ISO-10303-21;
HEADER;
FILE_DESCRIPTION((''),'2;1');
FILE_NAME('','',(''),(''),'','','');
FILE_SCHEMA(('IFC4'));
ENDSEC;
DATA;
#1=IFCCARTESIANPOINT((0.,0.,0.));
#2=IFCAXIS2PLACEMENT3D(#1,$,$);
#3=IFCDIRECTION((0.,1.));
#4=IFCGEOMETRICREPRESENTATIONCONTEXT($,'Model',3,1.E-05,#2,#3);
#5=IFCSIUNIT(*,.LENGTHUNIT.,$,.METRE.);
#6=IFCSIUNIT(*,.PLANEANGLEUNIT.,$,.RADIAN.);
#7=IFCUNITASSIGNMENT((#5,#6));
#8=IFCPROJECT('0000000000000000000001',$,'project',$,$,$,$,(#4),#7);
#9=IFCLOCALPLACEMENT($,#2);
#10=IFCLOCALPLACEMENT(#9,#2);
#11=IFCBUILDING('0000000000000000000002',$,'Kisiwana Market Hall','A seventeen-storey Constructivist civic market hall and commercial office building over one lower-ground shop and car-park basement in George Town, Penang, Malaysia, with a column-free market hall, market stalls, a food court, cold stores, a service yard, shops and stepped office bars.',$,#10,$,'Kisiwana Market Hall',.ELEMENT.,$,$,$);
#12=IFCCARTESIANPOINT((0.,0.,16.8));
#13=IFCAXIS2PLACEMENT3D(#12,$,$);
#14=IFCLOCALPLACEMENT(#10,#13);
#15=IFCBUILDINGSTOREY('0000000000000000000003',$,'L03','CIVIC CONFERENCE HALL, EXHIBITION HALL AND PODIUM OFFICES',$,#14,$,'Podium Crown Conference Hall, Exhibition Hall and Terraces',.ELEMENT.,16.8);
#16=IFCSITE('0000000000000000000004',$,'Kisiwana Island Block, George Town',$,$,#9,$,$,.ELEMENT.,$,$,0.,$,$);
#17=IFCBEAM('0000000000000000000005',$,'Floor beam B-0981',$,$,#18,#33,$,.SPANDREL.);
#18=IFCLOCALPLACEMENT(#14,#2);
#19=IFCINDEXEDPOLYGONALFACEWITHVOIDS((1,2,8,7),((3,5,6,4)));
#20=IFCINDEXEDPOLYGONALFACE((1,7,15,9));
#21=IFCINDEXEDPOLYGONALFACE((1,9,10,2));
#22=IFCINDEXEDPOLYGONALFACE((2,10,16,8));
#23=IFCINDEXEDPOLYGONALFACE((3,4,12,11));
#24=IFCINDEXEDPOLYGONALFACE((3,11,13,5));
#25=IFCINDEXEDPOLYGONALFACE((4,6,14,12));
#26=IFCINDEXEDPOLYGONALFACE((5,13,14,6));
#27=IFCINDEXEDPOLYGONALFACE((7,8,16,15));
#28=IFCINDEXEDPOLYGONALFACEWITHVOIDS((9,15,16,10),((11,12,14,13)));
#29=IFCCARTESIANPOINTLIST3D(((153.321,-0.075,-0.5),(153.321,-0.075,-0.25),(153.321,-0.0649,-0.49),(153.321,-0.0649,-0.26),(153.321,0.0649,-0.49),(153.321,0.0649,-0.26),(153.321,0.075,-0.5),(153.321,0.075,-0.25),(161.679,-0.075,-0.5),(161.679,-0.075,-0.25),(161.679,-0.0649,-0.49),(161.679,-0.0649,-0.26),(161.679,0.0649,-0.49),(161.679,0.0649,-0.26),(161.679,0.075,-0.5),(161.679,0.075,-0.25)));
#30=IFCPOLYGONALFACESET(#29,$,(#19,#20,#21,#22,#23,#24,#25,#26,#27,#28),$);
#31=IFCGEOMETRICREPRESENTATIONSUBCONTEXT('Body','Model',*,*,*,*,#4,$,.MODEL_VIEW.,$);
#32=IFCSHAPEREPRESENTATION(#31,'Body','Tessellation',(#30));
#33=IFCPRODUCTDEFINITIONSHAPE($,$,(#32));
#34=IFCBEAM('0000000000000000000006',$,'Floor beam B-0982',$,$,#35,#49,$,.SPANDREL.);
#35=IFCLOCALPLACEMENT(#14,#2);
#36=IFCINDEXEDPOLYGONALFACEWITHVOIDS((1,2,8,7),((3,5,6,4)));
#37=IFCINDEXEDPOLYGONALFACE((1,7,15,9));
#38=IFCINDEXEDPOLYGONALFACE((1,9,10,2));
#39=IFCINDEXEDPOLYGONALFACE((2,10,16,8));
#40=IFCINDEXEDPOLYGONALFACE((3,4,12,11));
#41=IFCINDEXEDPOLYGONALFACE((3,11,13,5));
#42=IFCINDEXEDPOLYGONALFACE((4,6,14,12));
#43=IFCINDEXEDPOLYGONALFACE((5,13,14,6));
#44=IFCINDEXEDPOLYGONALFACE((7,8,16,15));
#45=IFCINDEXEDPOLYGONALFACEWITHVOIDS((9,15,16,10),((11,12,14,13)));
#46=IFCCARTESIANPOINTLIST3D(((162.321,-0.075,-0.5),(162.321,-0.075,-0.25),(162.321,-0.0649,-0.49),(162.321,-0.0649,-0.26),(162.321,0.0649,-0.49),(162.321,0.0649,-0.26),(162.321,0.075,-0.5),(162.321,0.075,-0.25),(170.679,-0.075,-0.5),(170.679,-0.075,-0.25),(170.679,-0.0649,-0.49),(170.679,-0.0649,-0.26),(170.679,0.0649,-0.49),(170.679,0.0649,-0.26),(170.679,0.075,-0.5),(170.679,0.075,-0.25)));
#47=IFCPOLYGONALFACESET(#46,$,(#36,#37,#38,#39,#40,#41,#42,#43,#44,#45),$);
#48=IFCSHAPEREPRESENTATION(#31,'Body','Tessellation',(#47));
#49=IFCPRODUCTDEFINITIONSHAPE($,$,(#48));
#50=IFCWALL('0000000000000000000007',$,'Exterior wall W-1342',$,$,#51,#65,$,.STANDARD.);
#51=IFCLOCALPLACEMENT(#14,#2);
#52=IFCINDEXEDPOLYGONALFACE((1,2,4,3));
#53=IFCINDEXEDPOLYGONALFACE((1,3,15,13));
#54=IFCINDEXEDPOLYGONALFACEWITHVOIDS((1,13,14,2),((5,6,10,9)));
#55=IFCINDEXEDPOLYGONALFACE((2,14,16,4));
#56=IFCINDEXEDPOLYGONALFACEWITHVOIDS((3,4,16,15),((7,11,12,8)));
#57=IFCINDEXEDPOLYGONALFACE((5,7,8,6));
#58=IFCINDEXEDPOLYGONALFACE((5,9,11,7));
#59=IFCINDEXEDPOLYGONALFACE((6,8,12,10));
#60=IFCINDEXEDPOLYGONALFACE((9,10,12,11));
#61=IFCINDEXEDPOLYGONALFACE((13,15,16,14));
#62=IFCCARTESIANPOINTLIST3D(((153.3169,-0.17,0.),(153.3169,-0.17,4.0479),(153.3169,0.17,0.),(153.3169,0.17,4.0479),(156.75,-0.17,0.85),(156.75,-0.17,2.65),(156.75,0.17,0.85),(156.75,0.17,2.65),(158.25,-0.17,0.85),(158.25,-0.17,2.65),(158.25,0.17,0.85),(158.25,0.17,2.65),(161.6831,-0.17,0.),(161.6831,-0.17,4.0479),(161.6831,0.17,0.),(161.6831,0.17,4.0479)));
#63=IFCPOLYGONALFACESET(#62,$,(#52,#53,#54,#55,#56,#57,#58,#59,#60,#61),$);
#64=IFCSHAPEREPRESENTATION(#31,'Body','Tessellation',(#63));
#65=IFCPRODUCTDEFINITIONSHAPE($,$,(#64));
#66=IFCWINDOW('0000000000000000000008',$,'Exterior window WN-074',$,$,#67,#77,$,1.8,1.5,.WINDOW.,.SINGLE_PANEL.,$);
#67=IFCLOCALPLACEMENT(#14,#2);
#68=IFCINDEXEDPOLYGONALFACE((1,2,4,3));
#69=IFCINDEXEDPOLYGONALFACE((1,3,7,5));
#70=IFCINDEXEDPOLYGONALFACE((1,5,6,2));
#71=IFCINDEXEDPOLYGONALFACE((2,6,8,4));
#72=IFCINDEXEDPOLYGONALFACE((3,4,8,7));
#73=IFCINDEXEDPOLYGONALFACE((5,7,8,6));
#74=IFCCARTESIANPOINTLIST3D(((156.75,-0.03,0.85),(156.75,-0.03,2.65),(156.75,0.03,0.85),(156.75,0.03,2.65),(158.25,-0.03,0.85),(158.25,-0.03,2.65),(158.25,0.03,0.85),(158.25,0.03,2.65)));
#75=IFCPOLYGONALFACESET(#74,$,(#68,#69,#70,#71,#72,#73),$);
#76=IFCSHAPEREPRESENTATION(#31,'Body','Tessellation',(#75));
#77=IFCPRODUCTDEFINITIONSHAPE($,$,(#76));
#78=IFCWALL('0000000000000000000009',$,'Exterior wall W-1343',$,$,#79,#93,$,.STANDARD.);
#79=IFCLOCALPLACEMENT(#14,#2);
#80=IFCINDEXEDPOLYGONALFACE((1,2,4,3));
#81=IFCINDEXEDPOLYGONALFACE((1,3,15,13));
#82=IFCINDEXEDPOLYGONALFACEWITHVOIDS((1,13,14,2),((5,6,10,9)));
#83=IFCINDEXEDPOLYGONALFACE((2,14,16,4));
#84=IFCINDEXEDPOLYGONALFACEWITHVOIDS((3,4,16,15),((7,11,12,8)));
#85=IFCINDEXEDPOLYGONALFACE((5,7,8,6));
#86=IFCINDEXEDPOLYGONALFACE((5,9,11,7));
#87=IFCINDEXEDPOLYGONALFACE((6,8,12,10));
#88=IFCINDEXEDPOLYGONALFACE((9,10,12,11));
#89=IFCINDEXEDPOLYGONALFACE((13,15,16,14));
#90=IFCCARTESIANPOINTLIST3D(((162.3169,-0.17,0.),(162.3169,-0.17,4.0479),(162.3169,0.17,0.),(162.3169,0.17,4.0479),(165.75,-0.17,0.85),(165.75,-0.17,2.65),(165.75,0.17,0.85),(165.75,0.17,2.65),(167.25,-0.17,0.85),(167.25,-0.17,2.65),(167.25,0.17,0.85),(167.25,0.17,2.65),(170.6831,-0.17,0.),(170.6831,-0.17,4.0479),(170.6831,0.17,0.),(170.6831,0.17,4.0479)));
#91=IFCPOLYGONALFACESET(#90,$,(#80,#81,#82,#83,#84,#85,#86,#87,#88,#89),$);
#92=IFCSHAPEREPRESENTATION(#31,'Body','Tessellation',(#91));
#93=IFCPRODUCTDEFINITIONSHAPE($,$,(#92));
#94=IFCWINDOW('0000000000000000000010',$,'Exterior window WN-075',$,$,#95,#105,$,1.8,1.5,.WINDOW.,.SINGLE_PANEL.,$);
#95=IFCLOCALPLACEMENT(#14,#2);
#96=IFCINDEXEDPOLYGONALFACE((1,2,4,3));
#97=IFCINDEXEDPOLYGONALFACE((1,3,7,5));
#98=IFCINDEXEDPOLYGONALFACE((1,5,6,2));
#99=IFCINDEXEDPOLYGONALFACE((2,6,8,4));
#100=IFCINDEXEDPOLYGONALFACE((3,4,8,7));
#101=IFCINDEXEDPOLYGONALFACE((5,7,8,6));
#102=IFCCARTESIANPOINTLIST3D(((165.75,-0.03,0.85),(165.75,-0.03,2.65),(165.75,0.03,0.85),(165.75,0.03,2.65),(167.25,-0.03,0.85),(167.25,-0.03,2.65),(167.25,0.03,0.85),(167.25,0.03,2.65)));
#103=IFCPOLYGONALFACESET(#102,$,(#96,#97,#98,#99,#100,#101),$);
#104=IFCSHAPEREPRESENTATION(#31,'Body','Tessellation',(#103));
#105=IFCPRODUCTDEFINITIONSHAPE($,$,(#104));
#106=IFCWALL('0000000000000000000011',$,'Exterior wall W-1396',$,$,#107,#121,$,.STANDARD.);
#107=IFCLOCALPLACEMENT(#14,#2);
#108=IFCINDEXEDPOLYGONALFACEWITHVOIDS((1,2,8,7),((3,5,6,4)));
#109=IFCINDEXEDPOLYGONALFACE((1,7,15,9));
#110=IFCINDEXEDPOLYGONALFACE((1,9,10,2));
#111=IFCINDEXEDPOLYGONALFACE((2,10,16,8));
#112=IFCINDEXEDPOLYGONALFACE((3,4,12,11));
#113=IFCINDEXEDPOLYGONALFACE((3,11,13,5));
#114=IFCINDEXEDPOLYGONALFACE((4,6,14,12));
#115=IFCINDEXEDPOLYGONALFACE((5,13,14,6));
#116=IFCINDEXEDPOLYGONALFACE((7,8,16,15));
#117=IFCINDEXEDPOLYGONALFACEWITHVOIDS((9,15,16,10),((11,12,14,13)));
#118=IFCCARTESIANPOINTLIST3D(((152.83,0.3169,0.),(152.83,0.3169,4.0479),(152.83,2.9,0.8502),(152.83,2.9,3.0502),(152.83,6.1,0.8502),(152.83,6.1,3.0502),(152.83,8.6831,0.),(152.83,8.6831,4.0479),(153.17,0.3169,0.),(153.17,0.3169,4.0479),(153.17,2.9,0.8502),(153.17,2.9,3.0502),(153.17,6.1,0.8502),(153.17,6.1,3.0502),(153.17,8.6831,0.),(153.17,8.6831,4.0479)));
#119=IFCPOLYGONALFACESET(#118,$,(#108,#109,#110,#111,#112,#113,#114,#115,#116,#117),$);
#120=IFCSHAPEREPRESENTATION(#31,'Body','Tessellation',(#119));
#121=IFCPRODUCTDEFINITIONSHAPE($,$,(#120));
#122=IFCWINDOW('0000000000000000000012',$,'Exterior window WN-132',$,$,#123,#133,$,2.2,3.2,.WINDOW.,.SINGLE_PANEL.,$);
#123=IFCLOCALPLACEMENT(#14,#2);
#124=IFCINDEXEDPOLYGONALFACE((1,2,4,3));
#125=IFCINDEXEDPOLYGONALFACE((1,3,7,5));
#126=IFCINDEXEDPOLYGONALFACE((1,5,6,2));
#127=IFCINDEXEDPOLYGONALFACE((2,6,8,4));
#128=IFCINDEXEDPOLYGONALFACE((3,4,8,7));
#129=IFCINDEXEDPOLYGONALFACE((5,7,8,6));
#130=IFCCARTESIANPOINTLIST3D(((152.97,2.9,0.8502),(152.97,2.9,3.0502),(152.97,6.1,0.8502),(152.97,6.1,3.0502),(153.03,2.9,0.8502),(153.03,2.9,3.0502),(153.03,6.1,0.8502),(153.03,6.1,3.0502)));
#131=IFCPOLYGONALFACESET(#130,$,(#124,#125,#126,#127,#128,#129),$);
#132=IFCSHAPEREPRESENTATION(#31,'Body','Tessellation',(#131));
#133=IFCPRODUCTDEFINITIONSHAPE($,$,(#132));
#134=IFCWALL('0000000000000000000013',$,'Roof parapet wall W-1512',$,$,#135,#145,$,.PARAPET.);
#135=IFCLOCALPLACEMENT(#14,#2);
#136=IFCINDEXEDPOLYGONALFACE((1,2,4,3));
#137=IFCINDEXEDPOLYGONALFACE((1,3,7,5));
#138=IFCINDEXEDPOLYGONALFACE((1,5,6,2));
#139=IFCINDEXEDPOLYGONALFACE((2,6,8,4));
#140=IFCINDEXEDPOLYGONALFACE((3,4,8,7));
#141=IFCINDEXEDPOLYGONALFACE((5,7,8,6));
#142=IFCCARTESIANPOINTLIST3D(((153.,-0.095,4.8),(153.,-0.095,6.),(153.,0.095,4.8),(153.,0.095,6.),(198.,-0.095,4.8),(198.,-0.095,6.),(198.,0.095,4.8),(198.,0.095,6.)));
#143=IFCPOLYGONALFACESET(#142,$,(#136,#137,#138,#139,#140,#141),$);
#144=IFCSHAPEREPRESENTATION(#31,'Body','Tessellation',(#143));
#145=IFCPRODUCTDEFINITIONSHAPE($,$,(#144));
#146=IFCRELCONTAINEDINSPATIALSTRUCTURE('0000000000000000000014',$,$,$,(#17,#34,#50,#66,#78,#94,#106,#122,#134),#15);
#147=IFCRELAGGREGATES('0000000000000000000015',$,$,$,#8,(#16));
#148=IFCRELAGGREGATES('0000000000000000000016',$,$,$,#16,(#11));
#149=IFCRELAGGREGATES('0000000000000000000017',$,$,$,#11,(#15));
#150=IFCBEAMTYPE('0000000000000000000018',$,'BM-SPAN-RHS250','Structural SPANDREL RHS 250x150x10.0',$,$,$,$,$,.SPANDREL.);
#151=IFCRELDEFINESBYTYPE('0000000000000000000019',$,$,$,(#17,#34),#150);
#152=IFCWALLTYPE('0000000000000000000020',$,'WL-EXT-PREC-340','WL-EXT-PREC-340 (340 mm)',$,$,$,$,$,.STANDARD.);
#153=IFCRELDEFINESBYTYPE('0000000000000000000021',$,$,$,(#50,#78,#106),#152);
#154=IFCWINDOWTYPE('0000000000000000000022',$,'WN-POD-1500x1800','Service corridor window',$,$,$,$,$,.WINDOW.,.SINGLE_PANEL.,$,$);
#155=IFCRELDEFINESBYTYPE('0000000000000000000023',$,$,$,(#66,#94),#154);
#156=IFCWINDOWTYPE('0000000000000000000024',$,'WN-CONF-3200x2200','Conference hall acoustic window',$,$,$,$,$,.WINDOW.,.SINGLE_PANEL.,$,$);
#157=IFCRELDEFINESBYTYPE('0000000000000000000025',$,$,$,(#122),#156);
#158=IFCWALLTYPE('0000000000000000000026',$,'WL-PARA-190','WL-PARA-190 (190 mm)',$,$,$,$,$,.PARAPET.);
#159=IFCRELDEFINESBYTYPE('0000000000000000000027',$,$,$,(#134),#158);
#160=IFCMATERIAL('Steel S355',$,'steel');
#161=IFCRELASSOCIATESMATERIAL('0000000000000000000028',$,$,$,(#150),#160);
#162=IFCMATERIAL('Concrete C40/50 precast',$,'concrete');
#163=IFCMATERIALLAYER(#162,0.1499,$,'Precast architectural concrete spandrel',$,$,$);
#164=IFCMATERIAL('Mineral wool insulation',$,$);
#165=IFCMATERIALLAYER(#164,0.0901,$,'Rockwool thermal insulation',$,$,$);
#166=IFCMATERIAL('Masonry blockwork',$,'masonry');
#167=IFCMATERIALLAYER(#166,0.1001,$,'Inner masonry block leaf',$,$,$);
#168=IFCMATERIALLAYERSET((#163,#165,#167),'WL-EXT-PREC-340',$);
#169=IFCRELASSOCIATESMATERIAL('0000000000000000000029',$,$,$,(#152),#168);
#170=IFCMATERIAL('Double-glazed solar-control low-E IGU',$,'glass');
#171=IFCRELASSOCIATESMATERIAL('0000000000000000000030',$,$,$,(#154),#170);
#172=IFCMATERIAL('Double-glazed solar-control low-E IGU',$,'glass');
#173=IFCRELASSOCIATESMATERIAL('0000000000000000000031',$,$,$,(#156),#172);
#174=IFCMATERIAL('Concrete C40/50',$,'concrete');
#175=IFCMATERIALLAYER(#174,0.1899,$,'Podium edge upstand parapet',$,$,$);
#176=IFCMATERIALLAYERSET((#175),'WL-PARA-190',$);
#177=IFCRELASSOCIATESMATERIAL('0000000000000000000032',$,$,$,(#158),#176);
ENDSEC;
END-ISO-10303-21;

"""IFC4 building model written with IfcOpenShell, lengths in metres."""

from ifc_helpers import new_model, si_unit, direction, frame, frame_2d, origin, origin_2d, place, context, subcontext, project, spatial, rectangle, hollow_rectangle, extrude, material, layer, layer_set, material_profile, profile_set, type_object, element, fill, save


model = new_model("IFC4")

# Units and contexts
model_context = context("Model", 3, precision=1e-05, world=origin(), true_north=direction((0.0, 1.0)))
body_context = subcontext(model_context, "Body", "Model", "MODEL_VIEW")
ifc_project = project(units=[si_unit("LENGTHUNIT", "METRE"), si_unit("PLANEANGLEUNIT", "RADIAN")], contexts=[model_context])

# Site, building, storey
site_placement = place(None, origin())
site = spatial("IfcSite", under=ifc_project, at=site_placement, Name="Kisiwana Island Block, George Town", CompositionType="ELEMENT", RefElevation=0.0)
building_placement = place(site_placement, origin())
building = spatial("IfcBuilding", under=site, at=building_placement, Name="Kisiwana Market Hall", Description="A seventeen-storey Constructivist civic market hall and commercial office building over one lower-ground shop and car-park basement in George Town, Penang, Malaysia, with a column-free market hall, market stalls, a food court, cold stores, a service yard, shops and stepped office bars.", LongName="Kisiwana Market Hall", CompositionType="ELEMENT")
storey_placement = place(building_placement, frame((0.0, 0.0, 16.8)))
storey = spatial("IfcBuildingStorey", under=building, at=storey_placement, Name="L03", Description="CIVIC CONFERENCE HALL, EXHIBITION HALL AND PODIUM OFFICES", LongName="Podium Crown Conference Hall, Exhibition Hall and Terraces", CompositionType="ELEMENT", Elevation=16.8)

# Beams
ifc_material_1 = material(Name="Steel S355", Category="steel")
ifc_material_profile_1 = material_profile(ifc_material_1, hollow_rectangle(XDim=0.1499, YDim=0.25, WallThickness=0.01, at=origin_2d()), Name="RHS 250x150x10.0")
ifc_profile_set_1 = profile_set([ifc_material_profile_1], Name="Steel S355")
beam_type_1 = type_object("IfcBeamType", Name="BM-SPAN-RHS250", Description="Structural SPANDREL RHS 250x150x10.0", PredefinedType="SPANDREL", material=ifc_profile_set_1)
for number, where, z_axis, x_axis, name in (
    (1, (153.321, 0.0, -0.375), (1.0, 0.0, 0.0), (0.0, 1.0, 0.0), "Floor beam B-0981"),
    (2, (162.321, 0.0, -0.375), (1.0, 0.0, 0.0), (0.0, 1.0, 0.0), "Floor beam B-0982"),
):
    element("IfcBeam", number, at=place(storey_placement, frame(where, z_axis=z_axis, x_axis=x_axis)), inside=storey, type_object=beam_type_1, Name=name, PredefinedType="SPANDREL", context=body_context, shape_type="SweptSolid", body=[
        extrude(hollow_rectangle(XDim=0.1499, YDim=0.25, WallThickness=0.01, at=origin_2d()), origin(), (0.0, 0.0, 1.0), 8.3579),
    ])

# Walls, openings, windows
ifc_material_2 = material(Name="Concrete C40/50 precast", Category="concrete")
ifc_layer_1 = layer(ifc_material_2, 0.1499, Name="Precast architectural concrete spandrel")
ifc_material_3 = material(Name="Mineral wool insulation")
ifc_layer_2 = layer(ifc_material_3, 0.0901, Name="Rockwool thermal insulation")
ifc_material_4 = material(Name="Masonry blockwork", Category="masonry")
ifc_layer_3 = layer(ifc_material_4, 0.1001, Name="Inner masonry block leaf")
ifc_layer_set_1 = layer_set([ifc_layer_1, ifc_layer_2, ifc_layer_3], Name="WL-EXT-PREC-340")
wall_type_1 = type_object("IfcWallType", Name="WL-EXT-PREC-340", Description="WL-EXT-PREC-340 (340 mm)", PredefinedType="STANDARD", material=ifc_layer_set_1)
wall_1_placement = place(storey_placement, frame((153.3169, 0.0, 0.0), z_axis=(0.0, 0.0, 1.0), x_axis=(1.0, 0.0, 0.0)))
wall_1 = element("IfcWall", 3, at=wall_1_placement, inside=storey, type_object=wall_type_1, Name="Exterior wall W-1342", PredefinedType="STANDARD", context=body_context, shape_type="SweptSolid", body=[
    extrude(rectangle(XDim=8.3662, YDim=0.3401, at=frame_2d((4.1831, 0.0))), origin(), (0.0, 0.0, 1.0), 4.0479),
])
opening_1_placement = place(wall_1_placement, frame((3.4331, 0.0, 0.8501)))
opening_1 = element("IfcOpeningElement", 4, at=opening_1_placement, cuts=wall_1, PredefinedType="OPENING", context=body_context, shape_type="SweptSolid", body=[
    extrude(rectangle(XDim=1.5, YDim=1.8, at=frame_2d((0.75, 0.8999))), frame((0.0, 0.1821, 0.0), z_axis=(0.0, -1.0, 0.0), x_axis=(1.0, 0.0, 0.0)), (0.0, 0.0, 1.0), 0.364),
])
ifc_material_5 = material(Name="Double-glazed solar-control low-E IGU", Category="glass")
window_type_1 = type_object("IfcWindowType", Name="WN-POD-1500x1800", Description="Service corridor window", PartitioningType="SINGLE_PANEL", PredefinedType="WINDOW", material=ifc_material_5)
window_1_placement = place(opening_1_placement, origin())
window_1 = element("IfcWindow", 5, at=window_1_placement, inside=storey, type_object=window_type_1, Name="Exterior window WN-074", OverallHeight=1.8, OverallWidth=1.5, PartitioningType="SINGLE_PANEL", PredefinedType="WINDOW", context=body_context, shape_type="SweptSolid", body=[
    extrude(rectangle(XDim=1.5, YDim=1.8, at=frame_2d((0.75, 0.8999))), frame((0.0, 0.03, 0.0), z_axis=(0.0, -1.0, 0.0), x_axis=(1.0, 0.0, 0.0)), (0.0, 0.0, 1.0), 0.0601),
])
fill(opening_1, window_1)
wall_2_placement = place(storey_placement, frame((162.3169, 0.0, 0.0), z_axis=(0.0, 0.0, 1.0), x_axis=(1.0, 0.0, 0.0)))
wall_2 = element("IfcWall", 6, at=wall_2_placement, inside=storey, type_object=wall_type_1, Name="Exterior wall W-1343", PredefinedType="STANDARD", context=body_context, shape_type="SweptSolid", body=[
    extrude(rectangle(XDim=8.3662, YDim=0.3401, at=frame_2d((4.1831, 0.0))), origin(), (0.0, 0.0, 1.0), 4.0479),
])
opening_2_placement = place(wall_2_placement, frame((3.4331, 0.0, 0.8501)))
opening_2 = element("IfcOpeningElement", 7, at=opening_2_placement, cuts=wall_2, PredefinedType="OPENING", context=body_context, shape_type="SweptSolid", body=[
    extrude(rectangle(XDim=1.5, YDim=1.8, at=frame_2d((0.75, 0.8999))), frame((0.0, 0.1821, 0.0), z_axis=(0.0, -1.0, 0.0), x_axis=(1.0, 0.0, 0.0)), (0.0, 0.0, 1.0), 0.364),
])
window_2_placement = place(opening_2_placement, origin())
window_2 = element("IfcWindow", 8, at=window_2_placement, inside=storey, type_object=window_type_1, Name="Exterior window WN-075", OverallHeight=1.8, OverallWidth=1.5, PartitioningType="SINGLE_PANEL", PredefinedType="WINDOW", context=body_context, shape_type="SweptSolid", body=[
    extrude(rectangle(XDim=1.5, YDim=1.8, at=frame_2d((0.75, 0.8999))), frame((0.0, 0.03, 0.0), z_axis=(0.0, -1.0, 0.0), x_axis=(1.0, 0.0, 0.0)), (0.0, 0.0, 1.0), 0.0601),
])
fill(opening_2, window_2)
wall_3_placement = place(storey_placement, frame((153.0, 0.3169, 0.0), z_axis=(0.0, 0.0, 1.0), x_axis=(0.0, 1.0, 0.0)))
wall_3 = element("IfcWall", 9, at=wall_3_placement, inside=storey, type_object=wall_type_1, Name="Exterior wall W-1396", PredefinedType="STANDARD", context=body_context, shape_type="SweptSolid", body=[
    extrude(rectangle(XDim=8.3662, YDim=0.3401, at=frame_2d((4.1831, 0.0))), origin(), (0.0, 0.0, 1.0), 4.0479),
])
opening_3_placement = place(wall_3_placement, frame((2.583, 0.0, 0.8501)))
opening_3 = element("IfcOpeningElement", 10, at=opening_3_placement, cuts=wall_3, PredefinedType="OPENING", context=body_context, shape_type="SweptSolid", body=[
    extrude(rectangle(XDim=3.2, YDim=2.2, at=frame_2d((1.6001, 1.1001))), frame((0.0, 0.1821, 0.0), z_axis=(0.0, -1.0, 0.0), x_axis=(1.0, 0.0, 0.0)), (0.0, 0.0, 1.0), 0.364),
])
ifc_material_6 = material(Name="Double-glazed solar-control low-E IGU", Category="glass")
window_type_2 = type_object("IfcWindowType", Name="WN-CONF-3200x2200", Description="Conference hall acoustic window", PartitioningType="SINGLE_PANEL", PredefinedType="WINDOW", material=ifc_material_6)
window_3_placement = place(opening_3_placement, origin())
window_3 = element("IfcWindow", 11, at=window_3_placement, inside=storey, type_object=window_type_2, Name="Exterior window WN-132", OverallHeight=2.2, OverallWidth=3.2, PartitioningType="SINGLE_PANEL", PredefinedType="WINDOW", context=body_context, shape_type="SweptSolid", body=[
    extrude(rectangle(XDim=3.2, YDim=2.2, at=frame_2d((1.6001, 1.1001))), frame((0.0, 0.03, 0.0), z_axis=(0.0, -1.0, 0.0), x_axis=(1.0, 0.0, 0.0)), (0.0, 0.0, 1.0), 0.0601),
])
fill(opening_3, window_3)

# Wall
ifc_material_7 = material(Name="Concrete C40/50", Category="concrete")
ifc_layer_4 = layer(ifc_material_7, 0.1899, Name="Podium edge upstand parapet")
ifc_layer_set_2 = layer_set([ifc_layer_4], Name="WL-PARA-190")
wall_type_2 = type_object("IfcWallType", Name="WL-PARA-190", Description="WL-PARA-190 (190 mm)", PredefinedType="PARAPET", material=ifc_layer_set_2)
wall_4_placement = place(storey_placement, frame((153.0, 0.0, 4.8), z_axis=(0.0, 0.0, 1.0), x_axis=(1.0, 0.0, 0.0)))
element("IfcWall", 12, at=wall_4_placement, inside=storey, type_object=wall_type_2, Name="Roof parapet wall W-1512", PredefinedType="PARAPET", context=body_context, shape_type="SweptSolid", body=[
    extrude(rectangle(XDim=45.0, YDim=0.1899, at=frame_2d((22.5, 0.0))), origin(), (0.0, 0.0, 1.0), 1.2),
])

save(model, "model.ifc")
